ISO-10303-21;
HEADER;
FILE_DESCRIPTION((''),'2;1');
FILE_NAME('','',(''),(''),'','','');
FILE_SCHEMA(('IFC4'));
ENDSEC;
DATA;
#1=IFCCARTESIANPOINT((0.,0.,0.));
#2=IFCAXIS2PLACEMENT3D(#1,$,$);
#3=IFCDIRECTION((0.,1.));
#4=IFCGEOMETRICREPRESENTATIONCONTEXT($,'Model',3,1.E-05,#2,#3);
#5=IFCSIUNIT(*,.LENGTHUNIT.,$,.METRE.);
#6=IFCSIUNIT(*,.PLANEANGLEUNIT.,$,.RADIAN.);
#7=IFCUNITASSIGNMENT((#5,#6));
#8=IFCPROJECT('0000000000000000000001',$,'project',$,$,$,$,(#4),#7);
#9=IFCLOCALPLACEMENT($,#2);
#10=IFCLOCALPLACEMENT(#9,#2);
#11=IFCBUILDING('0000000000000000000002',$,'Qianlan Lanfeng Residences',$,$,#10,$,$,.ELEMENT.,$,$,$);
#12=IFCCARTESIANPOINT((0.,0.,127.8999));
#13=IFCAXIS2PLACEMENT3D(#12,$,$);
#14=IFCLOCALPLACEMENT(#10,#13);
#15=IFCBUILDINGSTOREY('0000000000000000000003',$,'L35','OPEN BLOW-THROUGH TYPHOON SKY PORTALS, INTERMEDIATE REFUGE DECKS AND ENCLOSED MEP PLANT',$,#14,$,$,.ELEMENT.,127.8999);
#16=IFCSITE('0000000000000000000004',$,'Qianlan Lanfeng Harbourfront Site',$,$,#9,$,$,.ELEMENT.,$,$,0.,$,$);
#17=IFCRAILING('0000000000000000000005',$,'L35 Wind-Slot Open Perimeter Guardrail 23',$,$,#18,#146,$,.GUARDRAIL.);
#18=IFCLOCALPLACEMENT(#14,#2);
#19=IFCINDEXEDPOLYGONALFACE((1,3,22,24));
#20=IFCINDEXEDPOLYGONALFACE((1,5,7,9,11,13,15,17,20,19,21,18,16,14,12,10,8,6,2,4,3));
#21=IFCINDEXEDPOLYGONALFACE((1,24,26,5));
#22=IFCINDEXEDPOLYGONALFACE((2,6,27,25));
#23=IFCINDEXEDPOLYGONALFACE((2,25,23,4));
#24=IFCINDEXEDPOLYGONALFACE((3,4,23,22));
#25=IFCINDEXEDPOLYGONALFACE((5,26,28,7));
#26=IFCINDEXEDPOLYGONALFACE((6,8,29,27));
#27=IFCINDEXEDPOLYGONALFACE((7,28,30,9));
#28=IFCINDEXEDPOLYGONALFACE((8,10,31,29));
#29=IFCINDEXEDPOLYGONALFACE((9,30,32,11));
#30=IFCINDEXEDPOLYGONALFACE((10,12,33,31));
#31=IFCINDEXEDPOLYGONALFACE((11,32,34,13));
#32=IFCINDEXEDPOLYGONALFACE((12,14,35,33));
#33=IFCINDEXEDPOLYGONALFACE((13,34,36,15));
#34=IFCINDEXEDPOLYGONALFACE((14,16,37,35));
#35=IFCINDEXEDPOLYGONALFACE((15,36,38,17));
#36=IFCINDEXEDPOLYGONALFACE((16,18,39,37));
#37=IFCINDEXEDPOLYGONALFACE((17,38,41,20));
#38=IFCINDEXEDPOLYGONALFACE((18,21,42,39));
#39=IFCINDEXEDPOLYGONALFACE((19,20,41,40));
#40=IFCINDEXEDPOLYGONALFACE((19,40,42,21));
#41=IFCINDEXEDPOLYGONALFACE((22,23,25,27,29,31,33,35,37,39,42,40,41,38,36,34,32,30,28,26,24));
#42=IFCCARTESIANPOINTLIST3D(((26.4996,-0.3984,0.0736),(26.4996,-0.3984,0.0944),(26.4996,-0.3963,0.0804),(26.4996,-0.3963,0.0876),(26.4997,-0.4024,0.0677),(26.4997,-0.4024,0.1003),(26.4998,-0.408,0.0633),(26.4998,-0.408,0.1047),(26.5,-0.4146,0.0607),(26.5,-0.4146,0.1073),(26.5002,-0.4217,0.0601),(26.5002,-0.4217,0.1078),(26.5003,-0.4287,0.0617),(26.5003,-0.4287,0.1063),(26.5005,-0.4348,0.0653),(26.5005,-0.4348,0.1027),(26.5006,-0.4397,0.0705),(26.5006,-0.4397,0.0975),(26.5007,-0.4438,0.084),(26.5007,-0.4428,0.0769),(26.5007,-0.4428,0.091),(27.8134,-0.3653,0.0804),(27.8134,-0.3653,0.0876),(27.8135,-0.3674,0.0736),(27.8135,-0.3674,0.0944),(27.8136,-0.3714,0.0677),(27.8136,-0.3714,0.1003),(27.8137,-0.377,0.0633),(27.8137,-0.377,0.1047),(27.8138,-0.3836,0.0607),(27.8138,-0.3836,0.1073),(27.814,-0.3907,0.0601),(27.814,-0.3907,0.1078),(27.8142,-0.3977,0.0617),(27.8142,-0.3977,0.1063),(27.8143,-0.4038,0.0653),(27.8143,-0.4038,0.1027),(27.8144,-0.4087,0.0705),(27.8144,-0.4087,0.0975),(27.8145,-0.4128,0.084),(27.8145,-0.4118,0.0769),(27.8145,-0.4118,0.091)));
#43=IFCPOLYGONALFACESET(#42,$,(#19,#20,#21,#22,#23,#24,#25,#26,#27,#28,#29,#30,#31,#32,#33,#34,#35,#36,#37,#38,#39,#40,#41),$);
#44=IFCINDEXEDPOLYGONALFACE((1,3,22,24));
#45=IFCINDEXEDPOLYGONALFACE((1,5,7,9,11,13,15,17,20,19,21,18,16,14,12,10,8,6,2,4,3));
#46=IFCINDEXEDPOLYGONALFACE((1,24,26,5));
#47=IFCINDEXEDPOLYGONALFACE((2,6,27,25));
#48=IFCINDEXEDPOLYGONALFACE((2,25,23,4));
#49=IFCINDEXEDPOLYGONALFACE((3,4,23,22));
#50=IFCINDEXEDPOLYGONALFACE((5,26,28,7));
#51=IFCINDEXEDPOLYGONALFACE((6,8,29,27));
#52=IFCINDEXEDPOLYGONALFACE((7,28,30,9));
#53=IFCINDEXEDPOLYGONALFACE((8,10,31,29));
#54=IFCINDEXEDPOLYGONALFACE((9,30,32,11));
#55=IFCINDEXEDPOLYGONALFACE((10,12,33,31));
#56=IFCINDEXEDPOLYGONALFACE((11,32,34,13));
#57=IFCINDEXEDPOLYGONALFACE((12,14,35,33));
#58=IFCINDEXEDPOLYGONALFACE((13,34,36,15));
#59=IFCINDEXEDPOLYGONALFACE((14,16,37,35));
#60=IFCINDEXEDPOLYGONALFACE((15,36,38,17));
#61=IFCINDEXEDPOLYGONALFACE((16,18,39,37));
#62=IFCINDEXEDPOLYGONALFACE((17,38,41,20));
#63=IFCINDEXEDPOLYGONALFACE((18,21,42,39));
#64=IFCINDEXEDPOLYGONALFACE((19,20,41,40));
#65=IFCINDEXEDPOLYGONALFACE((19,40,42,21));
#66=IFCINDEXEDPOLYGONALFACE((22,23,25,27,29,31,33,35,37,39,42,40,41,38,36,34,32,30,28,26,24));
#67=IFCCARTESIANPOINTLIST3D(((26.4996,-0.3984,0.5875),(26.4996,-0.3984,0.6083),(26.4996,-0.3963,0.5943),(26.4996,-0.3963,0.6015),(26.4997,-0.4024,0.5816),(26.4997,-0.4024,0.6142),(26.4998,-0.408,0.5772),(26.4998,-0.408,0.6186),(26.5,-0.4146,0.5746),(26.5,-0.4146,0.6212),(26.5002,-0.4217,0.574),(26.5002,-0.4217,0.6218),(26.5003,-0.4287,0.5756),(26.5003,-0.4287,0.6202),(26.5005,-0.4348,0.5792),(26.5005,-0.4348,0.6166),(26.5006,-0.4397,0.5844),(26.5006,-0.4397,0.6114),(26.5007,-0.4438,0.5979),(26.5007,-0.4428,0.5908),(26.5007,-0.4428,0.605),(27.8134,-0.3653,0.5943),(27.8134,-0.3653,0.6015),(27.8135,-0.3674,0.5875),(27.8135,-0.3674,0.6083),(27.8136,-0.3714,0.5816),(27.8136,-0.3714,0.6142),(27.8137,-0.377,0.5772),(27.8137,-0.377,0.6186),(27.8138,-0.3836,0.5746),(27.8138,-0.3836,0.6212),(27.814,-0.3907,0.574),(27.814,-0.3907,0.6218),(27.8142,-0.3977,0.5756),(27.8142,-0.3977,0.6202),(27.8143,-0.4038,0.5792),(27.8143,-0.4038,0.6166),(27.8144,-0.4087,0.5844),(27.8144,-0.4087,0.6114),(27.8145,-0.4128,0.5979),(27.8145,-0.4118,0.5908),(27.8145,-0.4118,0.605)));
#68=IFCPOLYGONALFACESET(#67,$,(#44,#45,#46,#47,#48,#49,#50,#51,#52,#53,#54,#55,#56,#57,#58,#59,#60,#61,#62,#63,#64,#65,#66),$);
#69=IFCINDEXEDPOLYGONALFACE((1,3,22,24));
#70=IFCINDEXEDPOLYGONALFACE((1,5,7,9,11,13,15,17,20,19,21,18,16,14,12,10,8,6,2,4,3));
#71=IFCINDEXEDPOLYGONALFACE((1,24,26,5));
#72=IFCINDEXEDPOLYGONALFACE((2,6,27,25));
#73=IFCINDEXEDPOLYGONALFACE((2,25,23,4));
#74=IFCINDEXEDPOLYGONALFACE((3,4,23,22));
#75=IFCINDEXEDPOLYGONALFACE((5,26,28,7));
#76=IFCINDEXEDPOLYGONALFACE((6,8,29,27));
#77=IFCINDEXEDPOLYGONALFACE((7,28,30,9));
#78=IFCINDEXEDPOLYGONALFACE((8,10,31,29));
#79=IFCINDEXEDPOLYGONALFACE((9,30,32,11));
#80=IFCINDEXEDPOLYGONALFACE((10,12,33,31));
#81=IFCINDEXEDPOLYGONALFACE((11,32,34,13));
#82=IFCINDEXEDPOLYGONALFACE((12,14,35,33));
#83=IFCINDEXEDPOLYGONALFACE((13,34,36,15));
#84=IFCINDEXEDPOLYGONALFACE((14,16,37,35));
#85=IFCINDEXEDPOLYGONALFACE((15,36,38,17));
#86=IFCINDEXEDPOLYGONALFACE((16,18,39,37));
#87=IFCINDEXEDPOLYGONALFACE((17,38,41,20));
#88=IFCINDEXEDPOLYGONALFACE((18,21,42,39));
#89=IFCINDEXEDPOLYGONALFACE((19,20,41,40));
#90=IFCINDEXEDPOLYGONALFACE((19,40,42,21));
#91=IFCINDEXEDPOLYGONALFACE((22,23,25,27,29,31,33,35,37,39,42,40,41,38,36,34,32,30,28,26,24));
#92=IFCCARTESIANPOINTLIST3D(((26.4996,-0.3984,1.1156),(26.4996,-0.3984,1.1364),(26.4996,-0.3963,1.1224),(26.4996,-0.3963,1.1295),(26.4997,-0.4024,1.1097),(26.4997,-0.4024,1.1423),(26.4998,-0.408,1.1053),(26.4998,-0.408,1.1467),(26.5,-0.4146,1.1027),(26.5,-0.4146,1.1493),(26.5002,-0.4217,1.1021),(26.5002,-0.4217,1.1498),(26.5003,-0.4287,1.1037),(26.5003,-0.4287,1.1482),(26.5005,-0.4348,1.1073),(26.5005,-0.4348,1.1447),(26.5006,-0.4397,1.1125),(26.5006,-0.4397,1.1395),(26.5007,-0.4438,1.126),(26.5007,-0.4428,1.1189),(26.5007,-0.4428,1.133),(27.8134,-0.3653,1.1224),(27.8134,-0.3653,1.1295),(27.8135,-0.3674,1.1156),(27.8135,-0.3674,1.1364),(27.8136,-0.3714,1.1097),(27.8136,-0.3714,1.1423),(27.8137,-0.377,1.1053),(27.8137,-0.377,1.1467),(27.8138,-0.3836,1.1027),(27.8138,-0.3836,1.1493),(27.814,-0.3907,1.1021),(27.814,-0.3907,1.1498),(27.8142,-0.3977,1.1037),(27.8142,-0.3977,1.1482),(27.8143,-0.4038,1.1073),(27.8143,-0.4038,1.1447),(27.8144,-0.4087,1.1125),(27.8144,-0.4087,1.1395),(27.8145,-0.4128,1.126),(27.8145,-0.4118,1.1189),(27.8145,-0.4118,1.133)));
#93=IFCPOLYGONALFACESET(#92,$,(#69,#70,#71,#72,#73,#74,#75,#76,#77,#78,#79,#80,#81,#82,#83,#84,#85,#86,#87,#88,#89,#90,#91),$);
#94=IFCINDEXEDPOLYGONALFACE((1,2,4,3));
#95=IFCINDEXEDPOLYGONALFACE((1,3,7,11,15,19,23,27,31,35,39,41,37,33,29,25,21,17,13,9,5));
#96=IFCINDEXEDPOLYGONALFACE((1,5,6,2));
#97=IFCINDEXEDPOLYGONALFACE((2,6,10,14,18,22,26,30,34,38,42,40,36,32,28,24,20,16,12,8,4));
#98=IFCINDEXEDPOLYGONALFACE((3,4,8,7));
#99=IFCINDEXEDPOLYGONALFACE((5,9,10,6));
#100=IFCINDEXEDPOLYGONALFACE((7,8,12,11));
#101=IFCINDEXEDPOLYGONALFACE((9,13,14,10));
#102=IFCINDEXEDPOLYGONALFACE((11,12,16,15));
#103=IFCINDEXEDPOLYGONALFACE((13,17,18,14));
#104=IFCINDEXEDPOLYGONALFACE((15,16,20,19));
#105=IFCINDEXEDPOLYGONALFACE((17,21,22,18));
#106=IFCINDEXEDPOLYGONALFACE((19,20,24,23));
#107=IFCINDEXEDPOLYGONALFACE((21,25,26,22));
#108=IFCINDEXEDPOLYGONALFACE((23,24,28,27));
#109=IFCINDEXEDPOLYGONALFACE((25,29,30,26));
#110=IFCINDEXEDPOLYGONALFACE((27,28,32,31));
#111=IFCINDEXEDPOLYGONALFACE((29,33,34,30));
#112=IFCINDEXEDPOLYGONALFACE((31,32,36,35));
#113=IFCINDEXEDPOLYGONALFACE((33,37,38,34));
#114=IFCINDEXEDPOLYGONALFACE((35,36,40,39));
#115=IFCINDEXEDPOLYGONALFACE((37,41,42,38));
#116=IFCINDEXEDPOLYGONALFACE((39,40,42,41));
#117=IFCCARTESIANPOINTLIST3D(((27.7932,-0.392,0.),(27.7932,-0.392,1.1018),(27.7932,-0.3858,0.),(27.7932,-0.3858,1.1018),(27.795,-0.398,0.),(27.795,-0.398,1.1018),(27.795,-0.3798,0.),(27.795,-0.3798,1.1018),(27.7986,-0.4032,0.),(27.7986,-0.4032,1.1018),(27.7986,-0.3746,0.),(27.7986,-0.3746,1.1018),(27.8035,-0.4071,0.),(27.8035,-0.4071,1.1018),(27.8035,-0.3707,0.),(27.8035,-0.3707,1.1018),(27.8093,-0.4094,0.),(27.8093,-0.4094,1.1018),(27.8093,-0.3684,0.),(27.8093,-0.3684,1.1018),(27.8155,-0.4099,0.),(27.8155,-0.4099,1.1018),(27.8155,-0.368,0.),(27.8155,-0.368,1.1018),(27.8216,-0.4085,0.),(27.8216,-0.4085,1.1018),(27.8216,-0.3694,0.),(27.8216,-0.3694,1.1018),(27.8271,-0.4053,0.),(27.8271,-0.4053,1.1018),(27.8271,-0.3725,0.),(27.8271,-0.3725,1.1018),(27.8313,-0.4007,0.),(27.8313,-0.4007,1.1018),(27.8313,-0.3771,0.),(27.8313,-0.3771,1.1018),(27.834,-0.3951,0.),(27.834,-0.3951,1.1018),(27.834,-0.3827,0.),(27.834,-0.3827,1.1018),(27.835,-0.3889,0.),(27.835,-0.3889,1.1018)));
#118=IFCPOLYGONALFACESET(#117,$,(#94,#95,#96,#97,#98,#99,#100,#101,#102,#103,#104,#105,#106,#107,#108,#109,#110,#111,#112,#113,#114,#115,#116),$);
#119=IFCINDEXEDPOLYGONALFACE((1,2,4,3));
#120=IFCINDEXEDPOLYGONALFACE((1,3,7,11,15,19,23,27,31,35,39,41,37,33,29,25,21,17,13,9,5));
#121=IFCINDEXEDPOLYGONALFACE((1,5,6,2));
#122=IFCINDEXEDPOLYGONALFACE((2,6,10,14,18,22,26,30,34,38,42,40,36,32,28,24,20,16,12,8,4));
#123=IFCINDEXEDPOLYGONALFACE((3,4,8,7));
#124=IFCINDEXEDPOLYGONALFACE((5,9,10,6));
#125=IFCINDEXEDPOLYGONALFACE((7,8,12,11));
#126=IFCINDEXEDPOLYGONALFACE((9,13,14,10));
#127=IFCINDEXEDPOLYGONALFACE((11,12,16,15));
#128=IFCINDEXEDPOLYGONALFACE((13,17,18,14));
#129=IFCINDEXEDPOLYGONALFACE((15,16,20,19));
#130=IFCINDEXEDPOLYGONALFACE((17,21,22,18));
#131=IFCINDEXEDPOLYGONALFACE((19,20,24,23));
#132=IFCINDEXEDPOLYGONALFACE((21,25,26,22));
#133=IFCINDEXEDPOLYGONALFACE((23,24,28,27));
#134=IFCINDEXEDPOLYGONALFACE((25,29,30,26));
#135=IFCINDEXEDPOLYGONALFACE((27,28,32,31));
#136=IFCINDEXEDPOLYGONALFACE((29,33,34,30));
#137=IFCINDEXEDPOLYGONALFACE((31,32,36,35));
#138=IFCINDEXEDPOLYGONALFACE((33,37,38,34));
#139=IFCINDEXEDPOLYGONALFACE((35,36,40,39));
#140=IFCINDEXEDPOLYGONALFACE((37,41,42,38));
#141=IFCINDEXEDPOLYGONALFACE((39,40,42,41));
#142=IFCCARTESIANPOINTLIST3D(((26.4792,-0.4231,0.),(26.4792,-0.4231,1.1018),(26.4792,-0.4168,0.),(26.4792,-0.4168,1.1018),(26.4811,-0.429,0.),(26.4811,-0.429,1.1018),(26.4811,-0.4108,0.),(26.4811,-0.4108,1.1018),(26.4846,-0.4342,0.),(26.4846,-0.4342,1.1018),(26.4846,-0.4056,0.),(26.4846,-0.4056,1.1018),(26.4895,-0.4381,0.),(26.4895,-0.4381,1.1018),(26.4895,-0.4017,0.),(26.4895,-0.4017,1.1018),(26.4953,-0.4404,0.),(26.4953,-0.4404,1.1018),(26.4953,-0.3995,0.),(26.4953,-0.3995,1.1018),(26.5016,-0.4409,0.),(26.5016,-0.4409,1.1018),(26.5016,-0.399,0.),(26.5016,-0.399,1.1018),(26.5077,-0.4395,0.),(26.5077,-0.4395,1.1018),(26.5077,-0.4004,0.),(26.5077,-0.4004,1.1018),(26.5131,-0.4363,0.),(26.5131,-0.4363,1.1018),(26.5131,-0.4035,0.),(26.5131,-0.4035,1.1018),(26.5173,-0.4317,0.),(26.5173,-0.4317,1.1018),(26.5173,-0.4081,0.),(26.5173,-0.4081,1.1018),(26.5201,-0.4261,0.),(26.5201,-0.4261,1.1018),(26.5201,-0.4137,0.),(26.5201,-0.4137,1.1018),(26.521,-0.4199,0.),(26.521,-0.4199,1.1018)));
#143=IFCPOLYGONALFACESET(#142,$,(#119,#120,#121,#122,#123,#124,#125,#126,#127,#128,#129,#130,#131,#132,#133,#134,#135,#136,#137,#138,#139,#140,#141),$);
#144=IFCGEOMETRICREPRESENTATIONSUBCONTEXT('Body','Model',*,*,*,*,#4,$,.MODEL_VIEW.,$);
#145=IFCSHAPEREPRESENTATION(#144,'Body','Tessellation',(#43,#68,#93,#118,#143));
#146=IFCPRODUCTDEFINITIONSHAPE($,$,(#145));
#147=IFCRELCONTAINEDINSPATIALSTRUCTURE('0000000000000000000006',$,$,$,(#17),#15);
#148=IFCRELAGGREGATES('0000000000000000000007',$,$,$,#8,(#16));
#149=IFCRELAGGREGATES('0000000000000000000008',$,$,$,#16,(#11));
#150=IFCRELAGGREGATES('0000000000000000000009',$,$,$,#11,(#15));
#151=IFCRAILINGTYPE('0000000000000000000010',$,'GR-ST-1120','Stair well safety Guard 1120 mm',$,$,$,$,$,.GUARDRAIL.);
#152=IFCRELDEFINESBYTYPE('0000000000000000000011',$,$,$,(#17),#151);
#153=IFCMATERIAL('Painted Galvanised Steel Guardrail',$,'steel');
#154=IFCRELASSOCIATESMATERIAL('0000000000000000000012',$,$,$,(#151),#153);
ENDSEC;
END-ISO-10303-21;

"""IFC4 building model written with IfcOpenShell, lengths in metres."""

from ifc_helpers import new_model, si_unit, direction, frame, origin, origin_2d, place, context, subcontext, project, spatial, circle, extrude, material, type_object, element, save


model = new_model("IFC4")

# Units and contexts
model_context = context("Model", 3, precision=1e-05, world=origin(), true_north=direction((0.0, 1.0)))
body_context = subcontext(model_context, "Body", "Model", "MODEL_VIEW")
ifc_project = project(units=[si_unit("LENGTHUNIT", "METRE"), si_unit("PLANEANGLEUNIT", "RADIAN")], contexts=[model_context])

# Site, building, storey
site_placement = place(None, origin())
site = spatial("IfcSite", under=ifc_project, at=site_placement, Name="Qianlan Lanfeng Harbourfront Site", CompositionType="ELEMENT", RefElevation=0.0)
building_placement = place(site_placement, origin())
building = spatial("IfcBuilding", under=site, at=building_placement, Name="Qianlan Lanfeng Residences", CompositionType="ELEMENT")
storey_placement = place(building_placement, frame((0.0, 0.0, 127.8999)))
storey = spatial("IfcBuildingStorey", under=building, at=storey_placement, Name="L35", Description="OPEN BLOW-THROUGH TYPHOON SKY PORTALS, INTERMEDIATE REFUGE DECKS AND ENCLOSED MEP PLANT", CompositionType="ELEMENT", Elevation=127.8999)

# Railing
ifc_material_1 = material(Name="Painted Galvanised Steel Guardrail", Category="steel")
railing_type = type_object("IfcRailingType", Name="GR-ST-1120", Description="Stair well safety Guard 1120 mm", PredefinedType="GUARDRAIL", material=ifc_material_1)
railing_1_placement = place(storey_placement, frame((27.814, -0.3889, 0.0)))
element("IfcRailing", 1, at=railing_1_placement, inside=storey, type_object=railing_type, Name="L35 Wind-Slot Open Perimeter Guardrail 23", PredefinedType="GUARDRAIL", context=body_context, shape_type="SweptSolid", body=[
    extrude(circle(Radius=0.0239, at=origin_2d()), frame((0.0, 0.0, 0.084), z_axis=(-0.999722, -0.023591, 0.0), x_axis=(0.023591, -0.999722, 0.0)), (0.0, 0.0, 1.0), 1.3142),
    extrude(circle(Radius=0.0239, at=origin_2d()), frame((0.0, 0.0, 0.5979), z_axis=(-0.999722, -0.023591, 0.0), x_axis=(0.023591, -0.999722, 0.0)), (0.0, 0.0, 1.0), 1.3142),
    extrude(circle(Radius=0.0239, at=origin_2d()), frame((0.0, 0.0, 1.126), z_axis=(-0.999722, -0.023591, 0.0), x_axis=(0.023591, -0.999722, 0.0)), (0.0, 0.0, 1.0), 1.3142),
    extrude(circle(Radius=0.021, at=origin_2d()), origin(), (0.0, 0.0, 1.0), 1.1018),
    extrude(circle(Radius=0.021, at=origin_2d()), frame((-1.314, -0.031, 0.0)), (0.0, 0.0, 1.0), 1.1018),
])

save(model, "model.ifc")
